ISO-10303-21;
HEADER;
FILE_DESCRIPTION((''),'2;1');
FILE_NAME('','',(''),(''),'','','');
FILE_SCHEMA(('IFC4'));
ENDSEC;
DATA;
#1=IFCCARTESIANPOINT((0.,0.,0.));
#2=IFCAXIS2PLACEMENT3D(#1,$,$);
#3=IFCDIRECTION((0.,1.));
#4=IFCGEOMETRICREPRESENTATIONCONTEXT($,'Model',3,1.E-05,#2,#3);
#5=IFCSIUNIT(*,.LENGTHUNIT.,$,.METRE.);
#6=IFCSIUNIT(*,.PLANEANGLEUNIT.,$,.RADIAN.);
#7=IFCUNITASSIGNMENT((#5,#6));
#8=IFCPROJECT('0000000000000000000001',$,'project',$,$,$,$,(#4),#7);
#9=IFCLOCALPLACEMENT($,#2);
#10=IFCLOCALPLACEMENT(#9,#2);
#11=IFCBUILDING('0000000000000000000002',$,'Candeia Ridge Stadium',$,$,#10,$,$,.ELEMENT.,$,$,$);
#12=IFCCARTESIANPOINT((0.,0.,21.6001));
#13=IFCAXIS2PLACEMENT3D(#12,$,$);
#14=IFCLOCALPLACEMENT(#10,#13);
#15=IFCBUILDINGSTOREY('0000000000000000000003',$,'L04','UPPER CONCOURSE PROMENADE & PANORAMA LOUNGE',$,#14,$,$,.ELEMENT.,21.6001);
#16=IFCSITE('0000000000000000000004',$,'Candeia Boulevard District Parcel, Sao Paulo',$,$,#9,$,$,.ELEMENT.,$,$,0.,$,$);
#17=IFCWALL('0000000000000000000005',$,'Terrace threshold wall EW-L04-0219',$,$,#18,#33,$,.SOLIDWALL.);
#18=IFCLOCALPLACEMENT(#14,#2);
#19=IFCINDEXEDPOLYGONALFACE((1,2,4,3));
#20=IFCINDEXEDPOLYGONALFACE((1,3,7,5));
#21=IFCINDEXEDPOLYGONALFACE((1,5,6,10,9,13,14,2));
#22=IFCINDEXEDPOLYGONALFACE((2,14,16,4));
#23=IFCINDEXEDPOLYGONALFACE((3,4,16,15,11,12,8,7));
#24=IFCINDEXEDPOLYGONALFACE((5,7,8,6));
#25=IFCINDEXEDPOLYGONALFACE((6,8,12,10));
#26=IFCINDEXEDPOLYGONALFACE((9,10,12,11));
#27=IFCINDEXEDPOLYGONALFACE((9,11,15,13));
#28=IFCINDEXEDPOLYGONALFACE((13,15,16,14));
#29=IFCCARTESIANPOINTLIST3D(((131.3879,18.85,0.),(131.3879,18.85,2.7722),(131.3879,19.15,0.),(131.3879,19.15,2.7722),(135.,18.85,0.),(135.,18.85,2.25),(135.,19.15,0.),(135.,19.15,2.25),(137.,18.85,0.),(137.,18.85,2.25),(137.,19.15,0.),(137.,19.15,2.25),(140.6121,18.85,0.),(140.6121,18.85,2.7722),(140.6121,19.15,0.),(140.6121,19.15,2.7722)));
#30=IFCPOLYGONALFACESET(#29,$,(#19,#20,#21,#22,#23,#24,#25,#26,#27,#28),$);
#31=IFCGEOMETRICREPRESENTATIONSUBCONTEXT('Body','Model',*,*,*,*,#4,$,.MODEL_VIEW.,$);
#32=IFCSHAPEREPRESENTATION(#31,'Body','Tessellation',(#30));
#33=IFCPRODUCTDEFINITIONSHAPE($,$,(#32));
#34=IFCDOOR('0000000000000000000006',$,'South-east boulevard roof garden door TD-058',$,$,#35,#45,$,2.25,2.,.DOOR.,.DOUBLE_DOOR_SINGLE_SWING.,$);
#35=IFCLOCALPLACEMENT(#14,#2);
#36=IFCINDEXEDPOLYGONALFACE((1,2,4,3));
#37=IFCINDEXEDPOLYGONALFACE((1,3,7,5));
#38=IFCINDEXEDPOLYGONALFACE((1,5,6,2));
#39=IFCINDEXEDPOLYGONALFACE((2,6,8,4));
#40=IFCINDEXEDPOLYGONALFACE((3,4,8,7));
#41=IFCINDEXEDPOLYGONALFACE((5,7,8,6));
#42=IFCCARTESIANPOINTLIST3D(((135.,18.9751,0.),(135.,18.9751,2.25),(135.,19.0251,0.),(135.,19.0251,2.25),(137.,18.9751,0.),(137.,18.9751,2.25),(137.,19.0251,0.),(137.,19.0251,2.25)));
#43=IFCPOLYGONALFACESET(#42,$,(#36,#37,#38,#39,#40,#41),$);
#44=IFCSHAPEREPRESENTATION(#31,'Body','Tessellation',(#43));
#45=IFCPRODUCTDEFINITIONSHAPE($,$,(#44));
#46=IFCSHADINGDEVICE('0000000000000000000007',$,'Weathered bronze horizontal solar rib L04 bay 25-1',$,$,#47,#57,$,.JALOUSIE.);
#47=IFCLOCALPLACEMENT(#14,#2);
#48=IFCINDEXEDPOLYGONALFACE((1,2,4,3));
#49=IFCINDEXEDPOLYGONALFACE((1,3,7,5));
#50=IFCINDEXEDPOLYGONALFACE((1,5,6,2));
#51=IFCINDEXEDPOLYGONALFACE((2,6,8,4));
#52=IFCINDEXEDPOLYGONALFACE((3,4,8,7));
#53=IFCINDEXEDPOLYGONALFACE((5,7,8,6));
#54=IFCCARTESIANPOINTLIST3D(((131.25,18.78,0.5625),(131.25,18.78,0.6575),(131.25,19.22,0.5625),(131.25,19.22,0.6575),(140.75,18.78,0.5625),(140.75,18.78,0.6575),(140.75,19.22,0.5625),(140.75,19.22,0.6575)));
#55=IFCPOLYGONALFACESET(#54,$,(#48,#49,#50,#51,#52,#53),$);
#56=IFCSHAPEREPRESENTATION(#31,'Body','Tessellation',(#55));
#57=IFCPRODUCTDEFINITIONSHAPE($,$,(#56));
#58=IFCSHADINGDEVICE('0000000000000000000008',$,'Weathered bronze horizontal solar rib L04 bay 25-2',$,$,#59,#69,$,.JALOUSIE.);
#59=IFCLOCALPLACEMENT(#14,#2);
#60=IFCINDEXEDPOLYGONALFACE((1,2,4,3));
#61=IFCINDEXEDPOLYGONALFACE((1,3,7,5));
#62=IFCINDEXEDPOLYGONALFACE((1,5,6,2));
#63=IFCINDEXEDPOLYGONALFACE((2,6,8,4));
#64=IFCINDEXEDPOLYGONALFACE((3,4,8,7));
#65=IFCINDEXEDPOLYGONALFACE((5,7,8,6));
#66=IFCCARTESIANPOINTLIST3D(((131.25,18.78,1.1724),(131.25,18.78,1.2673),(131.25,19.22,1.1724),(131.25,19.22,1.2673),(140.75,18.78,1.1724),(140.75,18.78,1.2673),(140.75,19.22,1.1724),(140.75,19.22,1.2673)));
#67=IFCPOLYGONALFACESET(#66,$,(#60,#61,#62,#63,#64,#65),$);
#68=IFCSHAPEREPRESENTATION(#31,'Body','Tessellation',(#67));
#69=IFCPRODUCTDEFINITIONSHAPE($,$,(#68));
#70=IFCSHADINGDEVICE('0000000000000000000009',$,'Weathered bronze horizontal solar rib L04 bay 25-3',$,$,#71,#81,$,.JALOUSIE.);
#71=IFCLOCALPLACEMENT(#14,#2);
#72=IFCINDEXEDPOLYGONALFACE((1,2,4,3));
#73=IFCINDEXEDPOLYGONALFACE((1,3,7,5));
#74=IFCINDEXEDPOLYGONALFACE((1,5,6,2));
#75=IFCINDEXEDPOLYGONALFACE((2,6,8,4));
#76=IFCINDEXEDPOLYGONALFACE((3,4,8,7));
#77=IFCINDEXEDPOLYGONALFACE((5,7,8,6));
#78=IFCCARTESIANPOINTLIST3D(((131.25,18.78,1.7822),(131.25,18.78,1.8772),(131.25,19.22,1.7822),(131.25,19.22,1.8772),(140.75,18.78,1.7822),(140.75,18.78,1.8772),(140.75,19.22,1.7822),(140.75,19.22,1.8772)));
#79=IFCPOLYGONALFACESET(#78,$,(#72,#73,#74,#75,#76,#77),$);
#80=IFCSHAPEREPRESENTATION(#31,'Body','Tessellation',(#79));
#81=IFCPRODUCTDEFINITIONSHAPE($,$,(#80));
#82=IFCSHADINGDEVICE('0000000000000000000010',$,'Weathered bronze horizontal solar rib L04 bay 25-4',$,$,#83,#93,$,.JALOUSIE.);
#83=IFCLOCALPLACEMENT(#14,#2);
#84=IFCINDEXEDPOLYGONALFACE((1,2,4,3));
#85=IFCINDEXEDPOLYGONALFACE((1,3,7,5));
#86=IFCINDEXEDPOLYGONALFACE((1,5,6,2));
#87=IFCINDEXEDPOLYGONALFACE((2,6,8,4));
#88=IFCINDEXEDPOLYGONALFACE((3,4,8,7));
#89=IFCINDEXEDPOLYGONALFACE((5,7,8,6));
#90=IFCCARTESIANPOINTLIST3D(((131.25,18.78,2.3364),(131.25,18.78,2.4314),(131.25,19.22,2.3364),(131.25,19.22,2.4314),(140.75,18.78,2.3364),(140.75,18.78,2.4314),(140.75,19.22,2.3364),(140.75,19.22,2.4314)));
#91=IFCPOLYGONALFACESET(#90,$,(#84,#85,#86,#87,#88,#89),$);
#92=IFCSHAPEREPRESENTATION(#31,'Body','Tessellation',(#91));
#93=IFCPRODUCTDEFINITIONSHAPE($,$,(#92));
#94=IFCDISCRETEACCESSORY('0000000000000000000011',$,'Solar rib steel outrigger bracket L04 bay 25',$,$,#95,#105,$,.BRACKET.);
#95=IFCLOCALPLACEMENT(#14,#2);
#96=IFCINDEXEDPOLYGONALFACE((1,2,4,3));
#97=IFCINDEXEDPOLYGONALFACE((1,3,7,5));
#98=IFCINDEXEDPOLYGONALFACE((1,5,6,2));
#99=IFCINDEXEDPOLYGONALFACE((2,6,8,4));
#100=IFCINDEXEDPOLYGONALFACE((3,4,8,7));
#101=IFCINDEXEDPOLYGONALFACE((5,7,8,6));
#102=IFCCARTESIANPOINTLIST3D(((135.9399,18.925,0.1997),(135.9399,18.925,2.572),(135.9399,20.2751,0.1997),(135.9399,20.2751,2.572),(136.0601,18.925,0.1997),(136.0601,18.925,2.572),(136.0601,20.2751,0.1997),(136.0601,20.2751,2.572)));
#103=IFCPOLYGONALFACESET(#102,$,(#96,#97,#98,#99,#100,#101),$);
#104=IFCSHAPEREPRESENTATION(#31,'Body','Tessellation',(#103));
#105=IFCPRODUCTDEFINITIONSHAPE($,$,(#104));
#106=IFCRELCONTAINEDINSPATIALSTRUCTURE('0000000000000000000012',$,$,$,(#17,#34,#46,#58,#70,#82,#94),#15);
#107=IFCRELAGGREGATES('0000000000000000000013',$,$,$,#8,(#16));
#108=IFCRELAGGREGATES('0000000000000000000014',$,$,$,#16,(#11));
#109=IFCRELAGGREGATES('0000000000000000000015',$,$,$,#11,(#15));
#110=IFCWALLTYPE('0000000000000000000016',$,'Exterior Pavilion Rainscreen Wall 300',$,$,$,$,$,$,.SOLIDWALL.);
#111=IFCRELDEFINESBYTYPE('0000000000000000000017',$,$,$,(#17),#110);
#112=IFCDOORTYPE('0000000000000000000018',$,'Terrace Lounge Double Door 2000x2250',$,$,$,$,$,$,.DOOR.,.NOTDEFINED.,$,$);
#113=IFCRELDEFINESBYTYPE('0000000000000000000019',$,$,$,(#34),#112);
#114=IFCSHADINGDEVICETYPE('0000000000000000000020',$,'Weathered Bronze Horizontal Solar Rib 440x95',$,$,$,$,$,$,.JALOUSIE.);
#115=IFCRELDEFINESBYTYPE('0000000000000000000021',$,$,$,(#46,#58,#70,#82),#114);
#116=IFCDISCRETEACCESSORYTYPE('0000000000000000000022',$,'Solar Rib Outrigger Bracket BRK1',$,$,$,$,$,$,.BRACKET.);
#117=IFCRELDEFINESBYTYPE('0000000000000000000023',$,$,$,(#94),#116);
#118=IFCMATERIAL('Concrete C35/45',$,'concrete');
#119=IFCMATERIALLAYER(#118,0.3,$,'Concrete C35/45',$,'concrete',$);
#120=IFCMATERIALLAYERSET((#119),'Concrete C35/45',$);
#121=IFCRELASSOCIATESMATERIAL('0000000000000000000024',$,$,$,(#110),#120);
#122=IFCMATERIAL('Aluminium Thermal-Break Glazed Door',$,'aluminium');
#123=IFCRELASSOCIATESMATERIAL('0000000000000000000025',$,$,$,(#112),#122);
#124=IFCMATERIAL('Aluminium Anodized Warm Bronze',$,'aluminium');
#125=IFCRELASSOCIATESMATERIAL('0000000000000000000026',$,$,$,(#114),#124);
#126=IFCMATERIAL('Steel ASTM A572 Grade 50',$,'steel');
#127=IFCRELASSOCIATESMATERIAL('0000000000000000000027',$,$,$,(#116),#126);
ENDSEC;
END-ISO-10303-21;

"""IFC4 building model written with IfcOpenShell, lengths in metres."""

from ifc_helpers import new_model, si_unit, direction, frame, frame_2d, origin, origin_2d, place, context, subcontext, project, spatial, rectangle, extrude, material, layer, layer_set, type_object, element, fill, save


model = new_model("IFC4")

# Units and contexts
model_context = context("Model", 3, precision=1e-05, world=origin(), true_north=direction((0.0, 1.0)))
body_context = subcontext(model_context, "Body", "Model", "MODEL_VIEW")
ifc_project = project(units=[si_unit("LENGTHUNIT", "METRE"), si_unit("PLANEANGLEUNIT", "RADIAN")], contexts=[model_context])

# Site, building, storey
site_placement = place(None, origin())
site = spatial("IfcSite", under=ifc_project, at=site_placement, Name="Candeia Boulevard District Parcel, Sao Paulo", CompositionType="ELEMENT", RefElevation=0.0)
building_placement = place(site_placement, origin())
building = spatial("IfcBuilding", under=site, at=building_placement, Name="Candeia Ridge Stadium", CompositionType="ELEMENT")
storey_placement = place(building_placement, frame((0.0, 0.0, 21.6001)))
storey = spatial("IfcBuildingStorey", under=building, at=storey_placement, Name="L04", Description="UPPER CONCOURSE PROMENADE & PANORAMA LOUNGE", CompositionType="ELEMENT", Elevation=21.6001)

# Shared definitions
ifc_material_1 = material(Name="Aluminium Anodized Warm Bronze", Category="aluminium")

# Wall, opening, door
ifc_material_2 = material(Name="Concrete C35/45", Category="concrete")
ifc_layer_1 = layer(ifc_material_2, 0.3, Name="Concrete C35/45", Category="concrete")
ifc_layer_set_1 = layer_set([ifc_layer_1], Name="Concrete C35/45")
wall_type = type_object("IfcWallType", Name="Exterior Pavilion Rainscreen Wall 300", PredefinedType="SOLIDWALL", material=ifc_layer_set_1)
wall_placement = place(storey_placement, frame((131.3879, 19.0, 0.0), z_axis=(0.0, 0.0, 1.0), x_axis=(1.0, 0.0, 0.0)))
wall = element("IfcWall", 1, at=wall_placement, inside=storey, type_object=wall_type, Name="Terrace threshold wall EW-L04-0219", PredefinedType="SOLIDWALL", context=body_context, shape_type="SweptSolid", body=[
    extrude(rectangle(XDim=9.2241, YDim=0.3, at=frame_2d((4.6121, 0.0))), origin(), (0.0, 0.0, 1.0), 2.7722),
])
opening_placement = place(wall_placement, frame((3.6121, 0.0, 0.0)))
opening = element("IfcOpeningElement", 2, at=opening_placement, cuts=wall, PredefinedType="OPENING", context=body_context, shape_type="SweptSolid", body=[
    extrude(rectangle(XDim=2.0, YDim=2.25, at=frame_2d((1.0, 1.125))), frame((0.0, 0.1599, 0.0), z_axis=(0.0, -1.0, 0.0), x_axis=(1.0, 0.0, 0.0)), (0.0, 0.0, 1.0), 0.3201),
])
ifc_material_3 = material(Name="Aluminium Thermal-Break Glazed Door", Category="aluminium")
door_type = type_object("IfcDoorType", Name="Terrace Lounge Double Door 2000x2250", OperationType="NOTDEFINED", PredefinedType="DOOR", material=ifc_material_3)
door_placement = place(opening_placement, frame((2.0, 0.0, 0.0), z_axis=(0.0, 0.0, 1.0), x_axis=(-1.0, 0.0, 0.0)))
door = element("IfcDoor", 3, at=door_placement, inside=storey, type_object=door_type, Name="South-east boulevard roof garden door TD-058", OperationType="DOUBLE_DOOR_SINGLE_SWING", OverallHeight=2.25, OverallWidth=2.0, PredefinedType="DOOR", context=body_context, shape_type="SweptSolid", body=[
    extrude(rectangle(XDim=2.0, YDim=2.25, at=frame_2d((1.0, 1.125))), frame((0.0, 0.0249, 0.0), z_axis=(0.0, -1.0, 0.0), x_axis=(1.0, 0.0, 0.0)), (0.0, 0.0, 1.0), 0.05),
])
fill(opening, door)

# Shading devices
shading_device_type = type_object("IfcShadingDeviceType", Name="Weathered Bronze Horizontal Solar Rib 440x95", PredefinedType="JALOUSIE", material=ifc_material_1)
for number, where, z_axis, x_axis, name in (
    (4, (136.0, 19.0, 0.5625), (0.0, 0.0, 1.0), (1.0, 0.0, 0.0), "Weathered bronze horizontal solar rib L04 bay 25-1"),
    (5, (136.0, 19.0, 1.1724), (0.0, 0.0, 1.0), (1.0, 0.0, 0.0), "Weathered bronze horizontal solar rib L04 bay 25-2"),
    (6, (136.0, 19.0, 1.7822), (0.0, 0.0, 1.0), (1.0, 0.0, 0.0), "Weathered bronze horizontal solar rib L04 bay 25-3"),
    (7, (136.0, 19.0, 2.3364), (0.0, 0.0, 1.0), (1.0, 0.0, 0.0), "Weathered bronze horizontal solar rib L04 bay 25-4"),
):
    element("IfcShadingDevice", number, at=place(storey_placement, frame(where, z_axis=z_axis, x_axis=x_axis)), inside=storey, type_object=shading_device_type, Name=name, PredefinedType="JALOUSIE", context=body_context, shape_type="SweptSolid", body=[
        extrude(rectangle(XDim=9.5, YDim=0.4399, at=origin_2d()), origin(), (0.0, 0.0, 1.0), 0.095),
    ])

# Discrete accessory
ifc_material_4 = material(Name="Steel ASTM A572 Grade 50", Category="steel")
discrete_accessory_type = type_object("IfcDiscreteAccessoryType", Name="Solar Rib Outrigger Bracket BRK1", PredefinedType="BRACKET", material=ifc_material_4)
discrete_accessory_placement = place(storey_placement, frame((136.0, 19.6001, 0.1997), z_axis=(0.0, 0.0, 1.0), x_axis=(0.0, -1.0, 0.0)))
element("IfcDiscreteAccessory", 8, at=discrete_accessory_placement, inside=storey, type_object=discrete_accessory_type, Name="Solar rib steel outrigger bracket L04 bay 25", PredefinedType="BRACKET", context=body_context, shape_type="SweptSolid", body=[
    extrude(rectangle(XDim=1.3501, YDim=0.1201, at=origin_2d()), origin(), (0.0, 0.0, 1.0), 2.3723),
])

save(model, "model.ifc")
